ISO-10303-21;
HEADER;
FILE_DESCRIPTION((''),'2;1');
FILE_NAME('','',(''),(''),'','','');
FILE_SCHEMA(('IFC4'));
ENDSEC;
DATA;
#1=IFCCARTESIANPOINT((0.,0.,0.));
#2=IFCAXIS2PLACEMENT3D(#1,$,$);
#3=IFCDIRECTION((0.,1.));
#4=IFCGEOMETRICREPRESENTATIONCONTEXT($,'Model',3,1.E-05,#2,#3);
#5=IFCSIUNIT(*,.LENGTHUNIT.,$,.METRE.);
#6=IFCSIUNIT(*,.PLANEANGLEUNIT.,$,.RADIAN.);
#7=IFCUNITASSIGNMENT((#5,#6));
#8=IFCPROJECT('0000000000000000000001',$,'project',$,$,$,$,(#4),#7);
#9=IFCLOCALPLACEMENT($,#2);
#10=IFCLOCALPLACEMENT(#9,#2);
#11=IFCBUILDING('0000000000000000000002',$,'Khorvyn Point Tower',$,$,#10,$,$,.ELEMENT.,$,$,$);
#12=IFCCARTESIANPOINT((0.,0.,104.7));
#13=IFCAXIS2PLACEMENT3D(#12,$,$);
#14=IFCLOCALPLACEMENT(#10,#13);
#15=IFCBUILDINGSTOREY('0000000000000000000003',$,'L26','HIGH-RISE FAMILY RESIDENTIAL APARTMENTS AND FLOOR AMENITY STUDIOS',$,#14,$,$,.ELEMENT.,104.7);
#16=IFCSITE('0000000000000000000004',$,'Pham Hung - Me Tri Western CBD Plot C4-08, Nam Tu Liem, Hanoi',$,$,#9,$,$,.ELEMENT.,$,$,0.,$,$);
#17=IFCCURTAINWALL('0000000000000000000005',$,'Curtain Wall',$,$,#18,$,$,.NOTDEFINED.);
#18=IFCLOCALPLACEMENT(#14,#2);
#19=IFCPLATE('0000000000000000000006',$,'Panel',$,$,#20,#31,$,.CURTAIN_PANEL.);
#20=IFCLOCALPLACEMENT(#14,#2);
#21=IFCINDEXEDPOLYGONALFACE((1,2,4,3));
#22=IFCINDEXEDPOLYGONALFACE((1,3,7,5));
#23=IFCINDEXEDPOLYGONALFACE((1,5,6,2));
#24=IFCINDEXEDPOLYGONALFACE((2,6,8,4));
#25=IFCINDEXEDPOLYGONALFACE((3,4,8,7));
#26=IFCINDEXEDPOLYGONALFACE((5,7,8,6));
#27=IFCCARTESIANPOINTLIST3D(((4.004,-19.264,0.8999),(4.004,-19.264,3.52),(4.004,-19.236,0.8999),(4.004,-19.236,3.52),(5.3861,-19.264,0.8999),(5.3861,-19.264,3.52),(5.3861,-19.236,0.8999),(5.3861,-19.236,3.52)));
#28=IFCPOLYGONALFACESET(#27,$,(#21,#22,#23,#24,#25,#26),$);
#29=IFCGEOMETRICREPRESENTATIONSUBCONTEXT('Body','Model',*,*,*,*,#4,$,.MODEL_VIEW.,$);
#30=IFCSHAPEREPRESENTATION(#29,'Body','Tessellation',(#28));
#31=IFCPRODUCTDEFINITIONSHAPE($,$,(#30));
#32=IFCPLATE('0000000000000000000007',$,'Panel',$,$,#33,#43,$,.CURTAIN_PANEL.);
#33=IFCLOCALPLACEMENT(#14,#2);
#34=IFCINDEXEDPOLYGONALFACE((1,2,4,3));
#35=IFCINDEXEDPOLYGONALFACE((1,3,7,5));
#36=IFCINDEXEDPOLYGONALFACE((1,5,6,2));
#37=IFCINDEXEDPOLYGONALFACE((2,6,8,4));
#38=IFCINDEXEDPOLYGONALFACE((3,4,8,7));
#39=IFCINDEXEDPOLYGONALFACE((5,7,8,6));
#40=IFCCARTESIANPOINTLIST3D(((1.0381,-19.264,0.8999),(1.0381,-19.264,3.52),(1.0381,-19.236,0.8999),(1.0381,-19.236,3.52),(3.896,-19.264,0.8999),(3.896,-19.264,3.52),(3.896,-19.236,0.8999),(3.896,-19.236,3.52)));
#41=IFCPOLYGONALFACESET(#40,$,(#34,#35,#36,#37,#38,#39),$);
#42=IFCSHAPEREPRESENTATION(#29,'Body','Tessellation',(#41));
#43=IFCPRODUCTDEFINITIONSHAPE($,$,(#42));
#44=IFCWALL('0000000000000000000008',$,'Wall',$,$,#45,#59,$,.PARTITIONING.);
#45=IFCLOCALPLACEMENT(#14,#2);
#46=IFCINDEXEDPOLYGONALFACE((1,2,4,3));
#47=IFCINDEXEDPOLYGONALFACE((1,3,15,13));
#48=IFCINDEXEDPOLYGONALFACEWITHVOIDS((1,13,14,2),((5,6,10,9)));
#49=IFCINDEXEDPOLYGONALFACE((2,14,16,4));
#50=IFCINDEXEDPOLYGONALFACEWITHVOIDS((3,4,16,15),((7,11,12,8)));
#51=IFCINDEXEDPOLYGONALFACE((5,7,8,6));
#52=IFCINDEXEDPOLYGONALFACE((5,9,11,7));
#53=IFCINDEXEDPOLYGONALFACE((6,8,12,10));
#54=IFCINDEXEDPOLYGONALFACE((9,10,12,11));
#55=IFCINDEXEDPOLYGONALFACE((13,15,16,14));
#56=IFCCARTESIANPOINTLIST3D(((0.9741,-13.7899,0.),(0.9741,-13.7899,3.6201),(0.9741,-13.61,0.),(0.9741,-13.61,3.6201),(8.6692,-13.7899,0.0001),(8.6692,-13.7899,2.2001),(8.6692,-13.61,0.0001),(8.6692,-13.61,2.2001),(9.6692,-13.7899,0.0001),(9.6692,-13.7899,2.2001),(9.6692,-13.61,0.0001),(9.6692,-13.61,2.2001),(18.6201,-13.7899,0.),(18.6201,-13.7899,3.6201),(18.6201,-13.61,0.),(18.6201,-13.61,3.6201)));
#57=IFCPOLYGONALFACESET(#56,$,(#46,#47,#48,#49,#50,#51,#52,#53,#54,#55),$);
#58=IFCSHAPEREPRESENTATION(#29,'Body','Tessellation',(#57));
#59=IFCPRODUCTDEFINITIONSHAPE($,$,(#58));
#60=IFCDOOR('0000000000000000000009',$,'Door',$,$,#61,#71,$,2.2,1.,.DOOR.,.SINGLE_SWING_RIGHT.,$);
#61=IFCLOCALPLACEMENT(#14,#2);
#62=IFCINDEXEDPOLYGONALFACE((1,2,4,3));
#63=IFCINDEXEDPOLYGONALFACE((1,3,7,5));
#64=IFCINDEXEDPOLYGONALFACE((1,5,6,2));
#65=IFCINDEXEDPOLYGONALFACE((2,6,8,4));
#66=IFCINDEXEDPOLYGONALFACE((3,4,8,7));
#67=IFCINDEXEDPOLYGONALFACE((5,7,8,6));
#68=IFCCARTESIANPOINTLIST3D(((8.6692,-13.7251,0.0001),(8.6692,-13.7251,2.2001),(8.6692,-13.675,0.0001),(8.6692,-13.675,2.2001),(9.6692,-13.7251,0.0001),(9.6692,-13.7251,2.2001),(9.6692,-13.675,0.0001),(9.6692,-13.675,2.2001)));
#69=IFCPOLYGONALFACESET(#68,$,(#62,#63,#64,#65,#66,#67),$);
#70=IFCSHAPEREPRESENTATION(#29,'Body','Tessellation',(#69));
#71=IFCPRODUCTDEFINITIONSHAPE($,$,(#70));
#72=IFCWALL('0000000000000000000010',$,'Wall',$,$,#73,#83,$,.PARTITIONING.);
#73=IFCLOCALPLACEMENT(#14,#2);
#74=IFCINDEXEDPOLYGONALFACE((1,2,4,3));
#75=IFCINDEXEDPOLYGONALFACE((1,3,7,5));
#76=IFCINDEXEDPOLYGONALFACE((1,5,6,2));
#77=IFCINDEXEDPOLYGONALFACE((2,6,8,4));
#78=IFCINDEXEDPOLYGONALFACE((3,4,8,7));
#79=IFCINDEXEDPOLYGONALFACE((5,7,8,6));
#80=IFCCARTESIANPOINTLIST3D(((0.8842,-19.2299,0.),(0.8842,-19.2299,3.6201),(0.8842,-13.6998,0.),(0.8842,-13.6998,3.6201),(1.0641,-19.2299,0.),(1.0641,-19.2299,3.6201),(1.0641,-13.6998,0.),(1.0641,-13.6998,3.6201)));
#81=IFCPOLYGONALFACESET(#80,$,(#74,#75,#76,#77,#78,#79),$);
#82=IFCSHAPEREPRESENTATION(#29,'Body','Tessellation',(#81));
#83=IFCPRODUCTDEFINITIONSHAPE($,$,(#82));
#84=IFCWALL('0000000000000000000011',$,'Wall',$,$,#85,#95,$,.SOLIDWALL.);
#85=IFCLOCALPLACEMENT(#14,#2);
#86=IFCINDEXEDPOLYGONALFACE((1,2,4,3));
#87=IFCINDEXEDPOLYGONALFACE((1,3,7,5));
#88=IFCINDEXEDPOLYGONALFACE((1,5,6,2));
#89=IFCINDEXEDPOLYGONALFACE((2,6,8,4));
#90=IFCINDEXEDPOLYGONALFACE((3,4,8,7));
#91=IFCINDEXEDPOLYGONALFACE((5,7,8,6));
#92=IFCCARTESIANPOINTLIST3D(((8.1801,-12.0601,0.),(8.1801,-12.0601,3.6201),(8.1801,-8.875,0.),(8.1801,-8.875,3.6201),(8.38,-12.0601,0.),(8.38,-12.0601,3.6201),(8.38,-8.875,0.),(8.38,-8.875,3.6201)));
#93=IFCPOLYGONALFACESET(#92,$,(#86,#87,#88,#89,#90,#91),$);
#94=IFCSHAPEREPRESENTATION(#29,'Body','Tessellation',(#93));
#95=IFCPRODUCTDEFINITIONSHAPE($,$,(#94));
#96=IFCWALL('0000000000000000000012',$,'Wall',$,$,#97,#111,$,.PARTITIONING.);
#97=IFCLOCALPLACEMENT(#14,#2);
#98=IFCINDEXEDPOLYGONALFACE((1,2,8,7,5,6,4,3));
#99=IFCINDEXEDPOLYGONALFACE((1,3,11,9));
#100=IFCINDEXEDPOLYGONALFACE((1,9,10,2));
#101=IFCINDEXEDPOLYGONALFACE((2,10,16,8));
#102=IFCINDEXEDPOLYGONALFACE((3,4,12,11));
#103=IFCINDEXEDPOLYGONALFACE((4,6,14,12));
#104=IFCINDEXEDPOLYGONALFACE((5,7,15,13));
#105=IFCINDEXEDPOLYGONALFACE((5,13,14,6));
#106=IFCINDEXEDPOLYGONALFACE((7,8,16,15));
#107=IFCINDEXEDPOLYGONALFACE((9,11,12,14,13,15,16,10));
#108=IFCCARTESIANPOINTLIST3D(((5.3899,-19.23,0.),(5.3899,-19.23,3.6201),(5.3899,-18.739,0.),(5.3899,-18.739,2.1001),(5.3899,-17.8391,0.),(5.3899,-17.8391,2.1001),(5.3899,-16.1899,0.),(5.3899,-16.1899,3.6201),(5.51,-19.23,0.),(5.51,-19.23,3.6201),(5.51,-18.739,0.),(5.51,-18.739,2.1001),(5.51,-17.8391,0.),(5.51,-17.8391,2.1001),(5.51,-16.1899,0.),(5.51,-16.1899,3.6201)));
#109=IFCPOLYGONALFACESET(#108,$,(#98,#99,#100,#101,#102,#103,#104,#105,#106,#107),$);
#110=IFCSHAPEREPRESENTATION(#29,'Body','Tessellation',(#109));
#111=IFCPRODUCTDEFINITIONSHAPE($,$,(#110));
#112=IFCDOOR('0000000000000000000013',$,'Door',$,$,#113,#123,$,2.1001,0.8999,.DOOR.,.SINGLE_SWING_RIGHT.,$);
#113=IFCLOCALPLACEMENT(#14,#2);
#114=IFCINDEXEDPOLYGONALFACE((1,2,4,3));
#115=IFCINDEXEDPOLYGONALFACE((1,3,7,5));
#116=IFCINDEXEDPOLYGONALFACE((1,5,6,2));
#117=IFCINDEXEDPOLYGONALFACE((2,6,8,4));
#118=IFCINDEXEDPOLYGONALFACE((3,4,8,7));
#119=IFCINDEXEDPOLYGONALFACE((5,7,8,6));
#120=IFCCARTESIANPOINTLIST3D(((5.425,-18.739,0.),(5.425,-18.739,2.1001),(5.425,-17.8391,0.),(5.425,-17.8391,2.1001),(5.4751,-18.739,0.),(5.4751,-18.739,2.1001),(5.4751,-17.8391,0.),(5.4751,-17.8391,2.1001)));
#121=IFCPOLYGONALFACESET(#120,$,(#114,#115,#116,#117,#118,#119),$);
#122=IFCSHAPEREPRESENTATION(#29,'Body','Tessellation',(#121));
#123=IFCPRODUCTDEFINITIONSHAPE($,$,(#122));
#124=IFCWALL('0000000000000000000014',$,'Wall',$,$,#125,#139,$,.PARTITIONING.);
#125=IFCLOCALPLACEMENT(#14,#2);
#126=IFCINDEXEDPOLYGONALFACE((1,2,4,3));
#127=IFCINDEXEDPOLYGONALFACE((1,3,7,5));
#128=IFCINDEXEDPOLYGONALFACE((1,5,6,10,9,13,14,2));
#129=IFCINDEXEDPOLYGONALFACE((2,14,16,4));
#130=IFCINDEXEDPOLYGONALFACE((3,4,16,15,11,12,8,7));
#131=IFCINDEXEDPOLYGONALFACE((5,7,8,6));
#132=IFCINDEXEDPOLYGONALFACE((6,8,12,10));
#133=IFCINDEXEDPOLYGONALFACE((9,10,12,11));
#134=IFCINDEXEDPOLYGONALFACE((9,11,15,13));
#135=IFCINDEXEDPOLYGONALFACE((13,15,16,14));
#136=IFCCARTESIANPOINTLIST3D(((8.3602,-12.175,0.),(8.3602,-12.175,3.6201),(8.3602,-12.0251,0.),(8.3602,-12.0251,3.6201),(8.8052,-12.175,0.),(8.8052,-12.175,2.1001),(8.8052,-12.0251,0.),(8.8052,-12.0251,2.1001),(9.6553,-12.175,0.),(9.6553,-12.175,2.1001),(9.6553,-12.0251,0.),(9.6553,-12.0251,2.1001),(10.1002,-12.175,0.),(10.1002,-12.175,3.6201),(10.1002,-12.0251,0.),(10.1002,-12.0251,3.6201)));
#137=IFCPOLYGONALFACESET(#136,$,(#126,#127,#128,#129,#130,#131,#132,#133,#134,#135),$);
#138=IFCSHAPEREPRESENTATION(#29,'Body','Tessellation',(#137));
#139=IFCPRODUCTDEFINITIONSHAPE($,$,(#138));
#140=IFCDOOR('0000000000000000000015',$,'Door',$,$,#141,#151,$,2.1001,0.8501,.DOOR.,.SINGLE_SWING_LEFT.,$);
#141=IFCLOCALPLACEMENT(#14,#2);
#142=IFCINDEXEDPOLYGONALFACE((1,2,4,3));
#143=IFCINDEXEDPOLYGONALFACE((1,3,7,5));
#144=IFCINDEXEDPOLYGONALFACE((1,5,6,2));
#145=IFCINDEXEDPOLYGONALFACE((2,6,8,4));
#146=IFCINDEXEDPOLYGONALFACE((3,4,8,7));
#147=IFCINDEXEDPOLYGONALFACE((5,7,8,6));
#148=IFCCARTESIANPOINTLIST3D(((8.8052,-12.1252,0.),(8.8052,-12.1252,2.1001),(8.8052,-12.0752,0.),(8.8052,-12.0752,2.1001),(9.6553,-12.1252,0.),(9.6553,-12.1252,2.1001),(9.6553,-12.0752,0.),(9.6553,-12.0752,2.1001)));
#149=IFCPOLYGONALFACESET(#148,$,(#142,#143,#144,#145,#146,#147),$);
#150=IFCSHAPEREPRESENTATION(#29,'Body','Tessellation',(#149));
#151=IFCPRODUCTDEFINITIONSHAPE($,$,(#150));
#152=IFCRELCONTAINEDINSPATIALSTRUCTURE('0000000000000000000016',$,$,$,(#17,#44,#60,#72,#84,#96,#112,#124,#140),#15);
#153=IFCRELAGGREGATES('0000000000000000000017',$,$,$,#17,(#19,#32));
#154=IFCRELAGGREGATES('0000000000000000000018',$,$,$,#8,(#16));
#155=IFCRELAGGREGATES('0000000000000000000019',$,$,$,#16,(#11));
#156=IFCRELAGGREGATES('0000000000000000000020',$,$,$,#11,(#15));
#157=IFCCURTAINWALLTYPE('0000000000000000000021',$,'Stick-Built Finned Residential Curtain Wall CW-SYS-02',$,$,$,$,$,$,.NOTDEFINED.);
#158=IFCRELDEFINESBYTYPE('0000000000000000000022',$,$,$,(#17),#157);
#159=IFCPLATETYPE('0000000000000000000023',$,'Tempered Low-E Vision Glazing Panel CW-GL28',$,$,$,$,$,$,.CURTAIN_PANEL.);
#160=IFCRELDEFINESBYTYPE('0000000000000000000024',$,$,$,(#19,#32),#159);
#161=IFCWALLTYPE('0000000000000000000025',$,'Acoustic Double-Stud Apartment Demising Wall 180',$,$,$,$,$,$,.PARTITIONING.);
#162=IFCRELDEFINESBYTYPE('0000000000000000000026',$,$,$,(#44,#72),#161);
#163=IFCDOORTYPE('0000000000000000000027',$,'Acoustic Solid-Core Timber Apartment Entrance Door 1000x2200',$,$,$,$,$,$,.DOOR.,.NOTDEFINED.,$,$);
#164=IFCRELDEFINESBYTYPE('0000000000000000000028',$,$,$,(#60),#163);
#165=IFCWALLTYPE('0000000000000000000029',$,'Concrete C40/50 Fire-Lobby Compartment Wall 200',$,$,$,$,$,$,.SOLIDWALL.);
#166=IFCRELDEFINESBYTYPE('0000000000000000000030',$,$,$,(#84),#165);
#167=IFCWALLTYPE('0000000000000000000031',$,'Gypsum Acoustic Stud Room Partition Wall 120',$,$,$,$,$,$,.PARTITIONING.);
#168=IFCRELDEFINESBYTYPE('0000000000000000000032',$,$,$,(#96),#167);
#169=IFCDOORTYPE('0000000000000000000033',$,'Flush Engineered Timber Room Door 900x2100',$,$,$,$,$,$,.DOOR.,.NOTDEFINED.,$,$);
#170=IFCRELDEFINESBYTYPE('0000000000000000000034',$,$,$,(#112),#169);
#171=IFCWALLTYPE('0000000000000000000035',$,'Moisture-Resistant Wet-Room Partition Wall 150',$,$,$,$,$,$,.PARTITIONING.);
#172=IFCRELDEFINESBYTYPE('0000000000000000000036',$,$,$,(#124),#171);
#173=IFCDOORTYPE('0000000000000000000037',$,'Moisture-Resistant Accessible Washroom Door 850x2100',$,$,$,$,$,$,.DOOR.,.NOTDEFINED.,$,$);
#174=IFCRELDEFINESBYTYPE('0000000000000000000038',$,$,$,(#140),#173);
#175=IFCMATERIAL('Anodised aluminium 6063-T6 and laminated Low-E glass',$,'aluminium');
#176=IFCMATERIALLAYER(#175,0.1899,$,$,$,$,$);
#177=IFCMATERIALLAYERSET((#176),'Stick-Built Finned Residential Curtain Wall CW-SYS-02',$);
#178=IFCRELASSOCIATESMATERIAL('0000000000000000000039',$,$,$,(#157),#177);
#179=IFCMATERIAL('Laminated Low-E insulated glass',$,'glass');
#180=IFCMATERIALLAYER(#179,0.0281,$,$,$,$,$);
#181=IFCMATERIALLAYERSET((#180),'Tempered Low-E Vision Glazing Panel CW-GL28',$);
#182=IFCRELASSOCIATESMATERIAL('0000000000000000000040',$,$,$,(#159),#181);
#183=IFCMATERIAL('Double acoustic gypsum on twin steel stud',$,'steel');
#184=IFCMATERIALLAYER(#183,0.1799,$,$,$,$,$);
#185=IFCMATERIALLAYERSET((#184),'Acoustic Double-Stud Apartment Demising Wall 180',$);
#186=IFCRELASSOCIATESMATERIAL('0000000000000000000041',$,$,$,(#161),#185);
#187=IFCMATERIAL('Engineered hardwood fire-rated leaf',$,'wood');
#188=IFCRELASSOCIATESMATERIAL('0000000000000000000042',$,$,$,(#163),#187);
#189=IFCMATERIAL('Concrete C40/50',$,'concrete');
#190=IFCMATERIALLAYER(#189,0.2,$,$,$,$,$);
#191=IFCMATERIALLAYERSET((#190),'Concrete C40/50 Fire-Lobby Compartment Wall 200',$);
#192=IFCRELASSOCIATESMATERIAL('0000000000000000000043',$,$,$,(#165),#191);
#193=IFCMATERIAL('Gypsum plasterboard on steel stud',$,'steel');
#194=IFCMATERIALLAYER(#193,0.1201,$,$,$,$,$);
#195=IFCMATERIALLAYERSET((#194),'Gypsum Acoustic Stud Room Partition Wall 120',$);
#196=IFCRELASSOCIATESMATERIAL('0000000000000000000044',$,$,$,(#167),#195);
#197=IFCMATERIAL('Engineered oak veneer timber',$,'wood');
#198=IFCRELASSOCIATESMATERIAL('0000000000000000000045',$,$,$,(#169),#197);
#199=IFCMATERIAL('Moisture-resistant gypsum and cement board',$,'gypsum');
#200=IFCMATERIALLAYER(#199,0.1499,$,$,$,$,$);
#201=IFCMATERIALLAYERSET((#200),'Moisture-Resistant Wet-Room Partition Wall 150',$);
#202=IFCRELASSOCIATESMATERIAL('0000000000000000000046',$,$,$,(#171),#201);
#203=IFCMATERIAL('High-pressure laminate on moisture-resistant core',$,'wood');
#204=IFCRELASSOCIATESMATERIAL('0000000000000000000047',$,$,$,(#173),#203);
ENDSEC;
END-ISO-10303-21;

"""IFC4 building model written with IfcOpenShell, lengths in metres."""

from ifc_helpers import new_model, si_unit, direction, frame, frame_2d, origin, origin_2d, place, context, subcontext, project, spatial, rectangle, extrude, material, layer, layer_set, type_object, element, fill, aggregate, save


model = new_model("IFC4")

# Units and contexts
model_context = context("Model", 3, precision=1e-05, world=origin(), true_north=direction((0.0, 1.0)))
body_context = subcontext(model_context, "Body", "Model", "MODEL_VIEW")
ifc_project = project(units=[si_unit("LENGTHUNIT", "METRE"), si_unit("PLANEANGLEUNIT", "RADIAN")], contexts=[model_context])

# Site, building, storey
site_placement = place(None, origin())
site = spatial("IfcSite", under=ifc_project, at=site_placement, Name="Pham Hung - Me Tri Western CBD Plot C4-08, Nam Tu Liem, Hanoi", CompositionType="ELEMENT", RefElevation=0.0)
building_placement = place(site_placement, origin())
building = spatial("IfcBuilding", under=site, at=building_placement, Name="Khorvyn Point Tower", CompositionType="ELEMENT")
storey_placement = place(building_placement, frame((0.0, 0.0, 104.7)))
storey = spatial("IfcBuildingStorey", under=building, at=storey_placement, Name="L26", Description="HIGH-RISE FAMILY RESIDENTIAL APARTMENTS AND FLOOR AMENITY STUDIOS", CompositionType="ELEMENT", Elevation=104.7)

# Curtain wall
ifc_material_1 = material(Name="Anodised aluminium 6063-T6 and laminated Low-E glass", Category="aluminium")
ifc_layer_1 = layer(ifc_material_1, 0.1899)
ifc_layer_set_1 = layer_set([ifc_layer_1], Name="Stick-Built Finned Residential Curtain Wall CW-SYS-02")
curtain_wall_type = type_object("IfcCurtainWallType", Name="Stick-Built Finned Residential Curtain Wall CW-SYS-02", PredefinedType="NOTDEFINED", material=ifc_layer_set_1)
curtain_wall_placement = place(storey_placement, origin())
curtain_wall = element("IfcCurtainWall", 1, at=curtain_wall_placement, inside=storey, type_object=curtain_wall_type, Name="Curtain Wall", PredefinedType="NOTDEFINED")

# Plates
ifc_material_2 = material(Name="Laminated Low-E insulated glass", Category="glass")
ifc_layer_2 = layer(ifc_material_2, 0.0281)
ifc_layer_set_2 = layer_set([ifc_layer_2], Name="Tempered Low-E Vision Glazing Panel CW-GL28")
plate_type = type_object("IfcPlateType", Name="Tempered Low-E Vision Glazing Panel CW-GL28", PredefinedType="CURTAIN_PANEL", material=ifc_layer_set_2)
plate_1_placement = place(storey_placement, frame((4.6951, -19.25, 0.8999), z_axis=(0.0, 0.0, 1.0), x_axis=(-1.0, 0.0, 0.0)))
plate_1 = element("IfcPlate", 2, at=plate_1_placement, type_object=plate_type, Name="Panel", PredefinedType="CURTAIN_PANEL", context=body_context, shape_type="SweptSolid", body=[
    extrude(rectangle(XDim=1.3821, YDim=0.0281, at=origin_2d()), origin(), (0.0, 0.0, 1.0), 2.6201),
])
plate_2_placement = place(storey_placement, frame((2.467, -19.25, 0.8999), z_axis=(0.0, 0.0, 1.0), x_axis=(-1.0, 0.0, 0.0)))
plate_2 = element("IfcPlate", 3, at=plate_2_placement, type_object=plate_type, Name="Panel", PredefinedType="CURTAIN_PANEL", context=body_context, shape_type="SweptSolid", body=[
    extrude(rectangle(XDim=2.8579, YDim=0.0281, at=origin_2d()), origin(), (0.0, 0.0, 1.0), 2.6201),
])
aggregate(curtain_wall, [plate_1, plate_2])

# Wall, opening, door
ifc_material_3 = material(Name="Double acoustic gypsum on twin steel stud", Category="steel")
ifc_layer_3 = layer(ifc_material_3, 0.1799)
ifc_layer_set_3 = layer_set([ifc_layer_3], Name="Acoustic Double-Stud Apartment Demising Wall 180")
wall_type_1 = type_object("IfcWallType", Name="Acoustic Double-Stud Apartment Demising Wall 180", PredefinedType="PARTITIONING", material=ifc_layer_set_3)
wall_1_placement = place(storey_placement, frame((0.9741, -13.7, 0.0), z_axis=(0.0, 0.0, 1.0), x_axis=(1.0, 0.0, 0.0)))
wall_1 = element("IfcWall", 4, at=wall_1_placement, inside=storey, type_object=wall_type_1, Name="Wall", PredefinedType="PARTITIONING", context=body_context, shape_type="SweptSolid", body=[
    extrude(rectangle(XDim=17.646, YDim=0.1799, at=frame_2d((8.823, 0.0))), origin(), (0.0, 0.0, 1.0), 3.6201),
])
opening_1_placement = place(wall_1_placement, frame((7.6951, 0.0, 0.0)))
opening_1 = element("IfcOpeningElement", 5, at=opening_1_placement, cuts=wall_1, PredefinedType="OPENING", context=body_context, shape_type="SweptSolid", body=[
    extrude(rectangle(XDim=1.0, YDim=2.2, at=frame_2d((0.5, 1.1001))), frame((0.0, 0.0999, 0.0), z_axis=(0.0, -1.0, 0.0), x_axis=(1.0, 0.0, 0.0)), (0.0, 0.0, 1.0), 0.2),
])
ifc_material_4 = material(Name="Engineered hardwood fire-rated leaf", Category="wood")
door_type_1 = type_object("IfcDoorType", Name="Acoustic Solid-Core Timber Apartment Entrance Door 1000x2200", OperationType="NOTDEFINED", PredefinedType="DOOR", material=ifc_material_4)
door_1_placement = place(opening_1_placement, origin())
door_1 = element("IfcDoor", 6, at=door_1_placement, inside=storey, type_object=door_type_1, Name="Door", OperationType="SINGLE_SWING_RIGHT", OverallHeight=2.2, OverallWidth=1.0, PredefinedType="DOOR", context=body_context, shape_type="SweptSolid", body=[
    extrude(rectangle(XDim=1.0, YDim=2.2, at=frame_2d((0.5, 1.1001))), frame((0.0, 0.0249, 0.0), z_axis=(0.0, -1.0, 0.0), x_axis=(1.0, 0.0, 0.0)), (0.0, 0.0, 1.0), 0.05),
])
fill(opening_1, door_1)

# Wall
wall_2_placement = place(storey_placement, frame((0.9741, -19.23, 0.0), z_axis=(0.0, 0.0, 1.0), x_axis=(0.0, 1.0, 0.0)))
element("IfcWall", 7, at=wall_2_placement, inside=storey, type_object=wall_type_1, Name="Wall", PredefinedType="PARTITIONING", context=body_context, shape_type="SweptSolid", body=[
    extrude(rectangle(XDim=5.53, YDim=0.1799, at=frame_2d((2.7651, 0.0))), origin(), (0.0, 0.0, 1.0), 3.6201),
])

# Shared definitions
ifc_material_5 = material(Name="Concrete C40/50", Category="concrete")
ifc_layer_4 = layer(ifc_material_5, 0.2)
ifc_layer_set_4 = layer_set([ifc_layer_4], Name="Concrete C40/50 Fire-Lobby Compartment Wall 200")
wall_type_2 = type_object("IfcWallType", Name="Concrete C40/50 Fire-Lobby Compartment Wall 200", PredefinedType="SOLIDWALL", material=ifc_layer_set_4)

# Wall
wall_3_placement = place(storey_placement, frame((8.28, -12.0601, 0.0), z_axis=(0.0, 0.0, 1.0), x_axis=(0.0, 1.0, 0.0)))
element("IfcWall", 8, at=wall_3_placement, inside=storey, type_object=wall_type_2, Name="Wall", PredefinedType="SOLIDWALL", context=body_context, shape_type="SweptSolid", body=[
    extrude(rectangle(XDim=3.1851, YDim=0.2, at=frame_2d((1.5925, 0.0))), origin(), (0.0, 0.0, 1.0), 3.6201),
])

# Walls, openings, doors
ifc_material_6 = material(Name="Gypsum plasterboard on steel stud", Category="steel")
ifc_layer_5 = layer(ifc_material_6, 0.1201)
ifc_layer_set_5 = layer_set([ifc_layer_5], Name="Gypsum Acoustic Stud Room Partition Wall 120")
wall_type_3 = type_object("IfcWallType", Name="Gypsum Acoustic Stud Room Partition Wall 120", PredefinedType="PARTITIONING", material=ifc_layer_set_5)
wall_4_placement = place(storey_placement, frame((5.45, -19.23, 0.0), z_axis=(0.0, 0.0, 1.0), x_axis=(0.0, 1.0, 0.0)))
wall_4 = element("IfcWall", 9, at=wall_4_placement, inside=storey, type_object=wall_type_3, Name="Wall", PredefinedType="PARTITIONING", context=body_context, shape_type="SweptSolid", body=[
    extrude(rectangle(XDim=3.04, YDim=0.1201, at=frame_2d((1.52, 0.0))), origin(), (0.0, 0.0, 1.0), 3.6201),
])
opening_2_placement = place(wall_4_placement, frame((0.491, 0.0, 0.0)))
opening_2 = element("IfcOpeningElement", 10, at=opening_2_placement, cuts=wall_4, PredefinedType="OPENING", context=body_context, shape_type="SweptSolid", body=[
    extrude(rectangle(XDim=0.8999, YDim=2.1001, at=frame_2d((0.45, 1.05))), frame((0.0, 0.0701, 0.0), z_axis=(0.0, -1.0, 0.0), x_axis=(1.0, 0.0, 0.0)), (0.0, 0.0, 1.0), 0.1401),
])
ifc_material_7 = material(Name="Engineered oak veneer timber", Category="wood")
door_type_2 = type_object("IfcDoorType", Name="Flush Engineered Timber Room Door 900x2100", OperationType="NOTDEFINED", PredefinedType="DOOR", material=ifc_material_7)
door_2_placement = place(opening_2_placement, origin())
door_2 = element("IfcDoor", 11, at=door_2_placement, inside=storey, type_object=door_type_2, Name="Door", OperationType="SINGLE_SWING_RIGHT", OverallHeight=2.1001, OverallWidth=0.8999, PredefinedType="DOOR", context=body_context, shape_type="SweptSolid", body=[
    extrude(rectangle(XDim=0.8999, YDim=2.1001, at=frame_2d((0.45, 1.05))), frame((0.0, 0.0249, 0.0), z_axis=(0.0, -1.0, 0.0), x_axis=(1.0, 0.0, 0.0)), (0.0, 0.0, 1.0), 0.05),
])
fill(opening_2, door_2)
ifc_material_8 = material(Name="Moisture-resistant gypsum and cement board", Category="gypsum")
ifc_layer_6 = layer(ifc_material_8, 0.1499)
ifc_layer_set_6 = layer_set([ifc_layer_6], Name="Moisture-Resistant Wet-Room Partition Wall 150")
wall_type_4 = type_object("IfcWallType", Name="Moisture-Resistant Wet-Room Partition Wall 150", PredefinedType="PARTITIONING", material=ifc_layer_set_6)
wall_5_placement = place(storey_placement, frame((8.3601, -12.1001, 0.0), z_axis=(0.0, 0.0, 1.0), x_axis=(1.0, 0.0, 0.0)))
wall_5 = element("IfcWall", 12, at=wall_5_placement, inside=storey, type_object=wall_type_4, Name="Wall", PredefinedType="PARTITIONING", context=body_context, shape_type="SweptSolid", body=[
    extrude(rectangle(XDim=1.74, YDim=0.1499, at=frame_2d((0.8701, 0.0))), origin(), (0.0, 0.0, 1.0), 3.6201),
])
opening_3_placement = place(wall_5_placement, frame((0.4451, 0.0, 0.0)))
opening_3 = element("IfcOpeningElement", 13, at=opening_3_placement, cuts=wall_5, PredefinedType="OPENING", context=body_context, shape_type="SweptSolid", body=[
    extrude(rectangle(XDim=0.8501, YDim=2.1001, at=frame_2d((0.425, 1.05))), frame((0.0, 0.085, 0.0), z_axis=(0.0, -1.0, 0.0), x_axis=(1.0, 0.0, 0.0)), (0.0, 0.0, 1.0), 0.1699),
])
ifc_material_9 = material(Name="High-pressure laminate on moisture-resistant core", Category="wood")
door_type_3 = type_object("IfcDoorType", Name="Moisture-Resistant Accessible Washroom Door 850x2100", OperationType="NOTDEFINED", PredefinedType="DOOR", material=ifc_material_9)
door_3_placement = place(opening_3_placement, origin())
door_3 = element("IfcDoor", 14, at=door_3_placement, inside=storey, type_object=door_type_3, Name="Door", OperationType="SINGLE_SWING_LEFT", OverallHeight=2.1001, OverallWidth=0.8501, PredefinedType="DOOR", context=body_context, shape_type="SweptSolid", body=[
    extrude(rectangle(XDim=0.8501, YDim=2.1001, at=frame_2d((0.425, 1.05))), frame((0.0, 0.0249, 0.0), z_axis=(0.0, -1.0, 0.0), x_axis=(1.0, 0.0, 0.0)), (0.0, 0.0, 1.0), 0.05),
])
fill(opening_3, door_3)

save(model, "model.ifc")
